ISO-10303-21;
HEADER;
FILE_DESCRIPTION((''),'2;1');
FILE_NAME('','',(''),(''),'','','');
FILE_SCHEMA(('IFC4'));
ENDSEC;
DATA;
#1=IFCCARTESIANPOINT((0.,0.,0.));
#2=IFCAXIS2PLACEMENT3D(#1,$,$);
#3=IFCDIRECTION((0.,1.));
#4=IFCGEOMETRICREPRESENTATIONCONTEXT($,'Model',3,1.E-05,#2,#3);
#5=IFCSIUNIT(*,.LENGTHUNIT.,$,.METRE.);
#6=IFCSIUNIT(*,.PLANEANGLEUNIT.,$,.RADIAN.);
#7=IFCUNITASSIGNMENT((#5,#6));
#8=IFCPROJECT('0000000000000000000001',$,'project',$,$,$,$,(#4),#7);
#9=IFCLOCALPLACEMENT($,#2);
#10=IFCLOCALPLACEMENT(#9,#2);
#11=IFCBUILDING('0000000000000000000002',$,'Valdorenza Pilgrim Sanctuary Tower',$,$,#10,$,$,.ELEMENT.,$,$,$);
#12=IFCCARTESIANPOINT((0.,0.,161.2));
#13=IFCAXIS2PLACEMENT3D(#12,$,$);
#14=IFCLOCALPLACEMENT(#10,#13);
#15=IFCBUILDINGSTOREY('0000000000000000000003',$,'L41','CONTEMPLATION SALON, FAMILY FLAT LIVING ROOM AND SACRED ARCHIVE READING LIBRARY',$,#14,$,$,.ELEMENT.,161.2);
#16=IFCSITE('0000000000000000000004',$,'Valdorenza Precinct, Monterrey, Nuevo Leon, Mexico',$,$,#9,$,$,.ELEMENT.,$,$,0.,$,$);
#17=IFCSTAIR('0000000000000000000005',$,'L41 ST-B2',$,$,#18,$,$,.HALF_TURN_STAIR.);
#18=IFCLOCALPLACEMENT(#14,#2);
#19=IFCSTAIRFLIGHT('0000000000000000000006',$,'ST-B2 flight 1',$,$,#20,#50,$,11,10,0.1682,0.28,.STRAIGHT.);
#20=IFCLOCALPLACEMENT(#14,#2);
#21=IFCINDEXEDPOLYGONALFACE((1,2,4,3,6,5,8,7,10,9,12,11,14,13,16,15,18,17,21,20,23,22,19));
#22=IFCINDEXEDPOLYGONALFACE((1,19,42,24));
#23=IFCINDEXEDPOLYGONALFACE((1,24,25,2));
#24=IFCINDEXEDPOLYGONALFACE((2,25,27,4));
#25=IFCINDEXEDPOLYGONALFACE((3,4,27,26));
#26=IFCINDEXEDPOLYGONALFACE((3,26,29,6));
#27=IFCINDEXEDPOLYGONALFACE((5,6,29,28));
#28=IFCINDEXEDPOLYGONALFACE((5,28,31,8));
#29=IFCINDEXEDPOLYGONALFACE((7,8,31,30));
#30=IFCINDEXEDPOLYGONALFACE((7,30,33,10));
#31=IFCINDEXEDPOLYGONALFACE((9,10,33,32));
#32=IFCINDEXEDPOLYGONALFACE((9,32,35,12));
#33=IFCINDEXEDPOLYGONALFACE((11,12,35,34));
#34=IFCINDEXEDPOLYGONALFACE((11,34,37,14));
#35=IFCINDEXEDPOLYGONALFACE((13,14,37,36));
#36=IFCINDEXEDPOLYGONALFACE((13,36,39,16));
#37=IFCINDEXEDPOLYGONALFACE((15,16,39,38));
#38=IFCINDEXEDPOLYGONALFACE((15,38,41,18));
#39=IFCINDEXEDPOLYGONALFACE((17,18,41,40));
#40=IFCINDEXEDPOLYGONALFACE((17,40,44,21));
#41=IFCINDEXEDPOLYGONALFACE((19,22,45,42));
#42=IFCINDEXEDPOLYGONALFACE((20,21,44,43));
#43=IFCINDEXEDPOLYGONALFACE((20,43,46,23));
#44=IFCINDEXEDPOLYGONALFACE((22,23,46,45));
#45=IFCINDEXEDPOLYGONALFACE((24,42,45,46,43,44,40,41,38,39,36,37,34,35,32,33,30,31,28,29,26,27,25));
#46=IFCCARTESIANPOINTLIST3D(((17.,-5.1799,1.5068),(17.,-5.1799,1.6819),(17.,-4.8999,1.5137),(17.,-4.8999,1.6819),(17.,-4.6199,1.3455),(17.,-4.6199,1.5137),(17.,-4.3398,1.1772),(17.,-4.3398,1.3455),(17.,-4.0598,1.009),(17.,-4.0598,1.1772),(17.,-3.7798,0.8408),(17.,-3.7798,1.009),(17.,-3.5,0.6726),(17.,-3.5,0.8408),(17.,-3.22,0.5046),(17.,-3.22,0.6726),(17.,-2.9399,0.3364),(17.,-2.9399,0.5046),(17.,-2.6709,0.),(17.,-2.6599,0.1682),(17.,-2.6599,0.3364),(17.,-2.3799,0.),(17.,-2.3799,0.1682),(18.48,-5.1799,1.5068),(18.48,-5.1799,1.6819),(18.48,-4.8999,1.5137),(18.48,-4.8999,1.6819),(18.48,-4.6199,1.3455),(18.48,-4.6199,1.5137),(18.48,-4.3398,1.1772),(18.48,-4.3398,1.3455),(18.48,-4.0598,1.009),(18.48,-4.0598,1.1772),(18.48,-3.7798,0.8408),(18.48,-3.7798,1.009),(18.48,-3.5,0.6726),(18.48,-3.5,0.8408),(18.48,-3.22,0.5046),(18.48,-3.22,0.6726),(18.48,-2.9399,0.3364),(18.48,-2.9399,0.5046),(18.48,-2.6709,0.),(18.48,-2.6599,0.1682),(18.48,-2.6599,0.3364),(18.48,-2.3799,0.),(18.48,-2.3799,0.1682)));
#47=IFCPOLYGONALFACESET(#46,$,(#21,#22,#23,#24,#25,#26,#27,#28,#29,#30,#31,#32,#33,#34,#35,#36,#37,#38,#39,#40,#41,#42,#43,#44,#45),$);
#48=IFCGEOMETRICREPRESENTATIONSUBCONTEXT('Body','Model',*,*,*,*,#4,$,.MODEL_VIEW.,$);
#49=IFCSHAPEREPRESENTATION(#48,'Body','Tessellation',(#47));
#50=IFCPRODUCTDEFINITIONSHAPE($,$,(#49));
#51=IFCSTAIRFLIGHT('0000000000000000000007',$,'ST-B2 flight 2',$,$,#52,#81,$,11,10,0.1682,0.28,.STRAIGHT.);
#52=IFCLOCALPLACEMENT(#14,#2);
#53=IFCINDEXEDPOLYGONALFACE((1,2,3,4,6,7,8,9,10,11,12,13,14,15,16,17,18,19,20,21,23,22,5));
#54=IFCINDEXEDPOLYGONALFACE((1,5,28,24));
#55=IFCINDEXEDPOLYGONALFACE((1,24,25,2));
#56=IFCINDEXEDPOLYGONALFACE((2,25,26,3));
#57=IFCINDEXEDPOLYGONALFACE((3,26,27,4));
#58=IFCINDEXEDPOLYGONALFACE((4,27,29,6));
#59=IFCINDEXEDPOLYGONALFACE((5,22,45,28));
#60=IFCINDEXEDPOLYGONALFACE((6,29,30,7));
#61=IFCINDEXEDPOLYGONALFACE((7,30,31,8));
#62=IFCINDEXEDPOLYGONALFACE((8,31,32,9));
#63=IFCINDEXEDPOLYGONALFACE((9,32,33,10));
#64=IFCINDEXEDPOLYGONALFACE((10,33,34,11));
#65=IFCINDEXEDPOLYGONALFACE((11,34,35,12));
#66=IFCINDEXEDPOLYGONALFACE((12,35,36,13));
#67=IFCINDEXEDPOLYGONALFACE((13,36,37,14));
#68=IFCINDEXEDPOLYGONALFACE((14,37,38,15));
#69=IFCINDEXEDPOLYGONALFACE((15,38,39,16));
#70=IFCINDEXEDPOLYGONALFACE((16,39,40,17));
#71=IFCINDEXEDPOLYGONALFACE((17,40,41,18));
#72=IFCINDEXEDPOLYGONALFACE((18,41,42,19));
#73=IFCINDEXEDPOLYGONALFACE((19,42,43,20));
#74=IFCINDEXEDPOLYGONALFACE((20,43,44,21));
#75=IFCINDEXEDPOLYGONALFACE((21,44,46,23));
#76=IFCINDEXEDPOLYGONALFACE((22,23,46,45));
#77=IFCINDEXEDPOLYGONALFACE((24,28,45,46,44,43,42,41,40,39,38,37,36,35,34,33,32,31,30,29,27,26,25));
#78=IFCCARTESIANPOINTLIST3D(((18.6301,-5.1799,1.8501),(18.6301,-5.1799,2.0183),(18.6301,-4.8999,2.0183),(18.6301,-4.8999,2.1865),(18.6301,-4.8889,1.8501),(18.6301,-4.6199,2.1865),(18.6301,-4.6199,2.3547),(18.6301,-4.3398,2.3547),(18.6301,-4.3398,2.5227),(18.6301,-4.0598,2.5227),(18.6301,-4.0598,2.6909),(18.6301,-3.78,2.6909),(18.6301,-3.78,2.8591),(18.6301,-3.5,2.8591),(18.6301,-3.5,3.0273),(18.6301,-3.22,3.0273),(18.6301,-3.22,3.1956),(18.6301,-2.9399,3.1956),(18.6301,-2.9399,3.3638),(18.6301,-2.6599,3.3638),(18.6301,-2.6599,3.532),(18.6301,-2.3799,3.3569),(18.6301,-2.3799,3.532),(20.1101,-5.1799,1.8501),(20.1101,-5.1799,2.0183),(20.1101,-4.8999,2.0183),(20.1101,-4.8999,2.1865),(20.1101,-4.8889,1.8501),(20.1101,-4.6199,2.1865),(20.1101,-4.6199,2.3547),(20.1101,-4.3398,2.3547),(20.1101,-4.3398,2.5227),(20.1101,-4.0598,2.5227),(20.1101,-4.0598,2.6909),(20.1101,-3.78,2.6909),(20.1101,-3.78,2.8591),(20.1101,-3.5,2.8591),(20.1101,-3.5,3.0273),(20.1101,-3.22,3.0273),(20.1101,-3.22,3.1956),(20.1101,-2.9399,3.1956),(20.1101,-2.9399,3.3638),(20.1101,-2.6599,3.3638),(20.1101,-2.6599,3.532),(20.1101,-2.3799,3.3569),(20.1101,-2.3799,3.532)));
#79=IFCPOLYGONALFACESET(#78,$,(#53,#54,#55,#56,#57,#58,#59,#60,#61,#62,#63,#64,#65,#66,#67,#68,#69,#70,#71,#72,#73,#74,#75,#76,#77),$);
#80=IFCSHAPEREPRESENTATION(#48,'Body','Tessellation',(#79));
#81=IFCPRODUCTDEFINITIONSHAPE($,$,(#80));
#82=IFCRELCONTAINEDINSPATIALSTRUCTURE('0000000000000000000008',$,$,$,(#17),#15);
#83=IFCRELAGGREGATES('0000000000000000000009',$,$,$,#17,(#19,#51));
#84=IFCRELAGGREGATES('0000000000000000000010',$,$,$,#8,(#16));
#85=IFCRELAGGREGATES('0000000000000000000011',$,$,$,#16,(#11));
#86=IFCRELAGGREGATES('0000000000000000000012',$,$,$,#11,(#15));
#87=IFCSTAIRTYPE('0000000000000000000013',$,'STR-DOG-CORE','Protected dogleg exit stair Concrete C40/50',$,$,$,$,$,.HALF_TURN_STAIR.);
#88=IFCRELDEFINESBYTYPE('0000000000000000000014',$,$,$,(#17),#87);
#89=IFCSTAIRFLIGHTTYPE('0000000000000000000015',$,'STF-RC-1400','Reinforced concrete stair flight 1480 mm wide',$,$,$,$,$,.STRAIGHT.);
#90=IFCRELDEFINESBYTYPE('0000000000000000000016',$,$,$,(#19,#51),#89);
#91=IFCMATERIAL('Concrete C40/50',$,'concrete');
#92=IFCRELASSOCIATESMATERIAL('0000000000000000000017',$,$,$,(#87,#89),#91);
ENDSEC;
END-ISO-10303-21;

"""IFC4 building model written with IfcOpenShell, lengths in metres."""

from ifc_helpers import new_model, si_unit, direction, frame, origin, place, context, subcontext, project, spatial, polyline, outline, extrude, material, type_object, element, aggregate, save


model = new_model("IFC4")

# Units and contexts
model_context = context("Model", 3, precision=1e-05, world=origin(), true_north=direction((0.0, 1.0)))
body_context = subcontext(model_context, "Body", "Model", "MODEL_VIEW")
ifc_project = project(units=[si_unit("LENGTHUNIT", "METRE"), si_unit("PLANEANGLEUNIT", "RADIAN")], contexts=[model_context])

# Site, building, storey
site_placement = place(None, origin())
site = spatial("IfcSite", under=ifc_project, at=site_placement, Name="Valdorenza Precinct, Monterrey, Nuevo Leon, Mexico", CompositionType="ELEMENT", RefElevation=0.0)
building_placement = place(site_placement, origin())
building = spatial("IfcBuilding", under=site, at=building_placement, Name="Valdorenza Pilgrim Sanctuary Tower", CompositionType="ELEMENT")
storey_placement = place(building_placement, frame((0.0, 0.0, 161.2)))
storey = spatial("IfcBuildingStorey", under=building, at=storey_placement, Name="L41", Description="CONTEMPLATION SALON, FAMILY FLAT LIVING ROOM AND SACRED ARCHIVE READING LIBRARY", CompositionType="ELEMENT", Elevation=161.2)

# Shared definitions
ifc_material_1 = material(Name="Concrete C40/50", Category="concrete")

# Stair, stair flights
stair_type = type_object("IfcStairType", Name="STR-DOG-CORE", Description="Protected dogleg exit stair Concrete C40/50", PredefinedType="HALF_TURN_STAIR", material=ifc_material_1)
stair_placement = place(storey_placement, origin())
stair = element("IfcStair", 1, at=stair_placement, inside=storey, type_object=stair_type, Name="L41 ST-B2", PredefinedType="HALF_TURN_STAIR")
stair_flight_type = type_object("IfcStairFlightType", Name="STF-RC-1400", Description="Reinforced concrete stair flight 1480 mm wide", PredefinedType="STRAIGHT", material=ifc_material_1)
stair_flight_1_placement = place(storey_placement, frame((17.74, -2.3799, 0.0), z_axis=(0.0, 0.0, 1.0), x_axis=(0.0, -1.0, 0.0)))
stair_flight_1 = element("IfcStairFlight", 2, at=stair_flight_1_placement, type_object=stair_flight_type, Name="ST-B2 flight 1", NumberOfRisers=11, NumberOfTreads=10, PredefinedType="STRAIGHT", RiserHeight=0.1682, TreadLength=0.28, context=body_context, shape_type="SweptSolid", body=[
    extrude(outline(polyline([(0.0, 0.0), (0.0, 0.1682), (0.28, 0.1682), (0.28, 0.3364), (0.5601, 0.3364), (0.5601, 0.5046), (0.8401, 0.5046), (0.8401, 0.6726), (1.1201, 0.6726), (1.1201, 0.8408), (1.3999, 0.8408), (1.3999, 1.009), (1.6799, 1.009), (1.6799, 1.1772), (1.96, 1.1772), (1.96, 1.3455), (2.24, 1.3455), (2.24, 1.5137), (2.52, 1.5137), (2.52, 1.6819), (2.8, 1.6819), (2.8, 1.8501), (2.8, 1.5068), (0.291, 0.0), (0.0, 0.0)])), frame((0.0, 0.74, 0.0), z_axis=(0.0, -1.0, 0.0), x_axis=(1.0, 0.0, 0.0)), (0.0, 0.0, 1.0), 1.48),
])
stair_flight_2_placement = place(storey_placement, frame((19.3701, -5.1799, 1.8501), z_axis=(0.0, 0.0, 1.0), x_axis=(0.0, 1.0, 0.0)))
stair_flight_2 = element("IfcStairFlight", 3, at=stair_flight_2_placement, type_object=stair_flight_type, Name="ST-B2 flight 2", NumberOfRisers=11, NumberOfTreads=10, PredefinedType="STRAIGHT", RiserHeight=0.1682, TreadLength=0.28, context=body_context, shape_type="SweptSolid", body=[
    extrude(outline(polyline([(0.0, 0.0), (0.0, 0.1682), (0.28, 0.1682), (0.28, 0.3364), (0.5601, 0.3364), (0.5601, 0.5046), (0.8401, 0.5046), (0.8401, 0.6726), (1.1201, 0.6726), (1.1201, 0.8408), (1.3999, 0.8408), (1.3999, 1.009), (1.6799, 1.009), (1.6799, 1.1772), (1.96, 1.1772), (1.96, 1.3455), (2.24, 1.3455), (2.24, 1.5137), (2.52, 1.5137), (2.52, 1.6819), (2.8, 1.6819), (2.8, 1.8501), (2.8, 1.5068), (0.291, 0.0), (0.0, 0.0)])), frame((0.0, 0.74, 0.0), z_axis=(0.0, -1.0, 0.0), x_axis=(1.0, 0.0, 0.0)), (0.0, 0.0, 1.0), 1.48),
])
aggregate(stair, [stair_flight_1, stair_flight_2])

save(model, "model.ifc")
